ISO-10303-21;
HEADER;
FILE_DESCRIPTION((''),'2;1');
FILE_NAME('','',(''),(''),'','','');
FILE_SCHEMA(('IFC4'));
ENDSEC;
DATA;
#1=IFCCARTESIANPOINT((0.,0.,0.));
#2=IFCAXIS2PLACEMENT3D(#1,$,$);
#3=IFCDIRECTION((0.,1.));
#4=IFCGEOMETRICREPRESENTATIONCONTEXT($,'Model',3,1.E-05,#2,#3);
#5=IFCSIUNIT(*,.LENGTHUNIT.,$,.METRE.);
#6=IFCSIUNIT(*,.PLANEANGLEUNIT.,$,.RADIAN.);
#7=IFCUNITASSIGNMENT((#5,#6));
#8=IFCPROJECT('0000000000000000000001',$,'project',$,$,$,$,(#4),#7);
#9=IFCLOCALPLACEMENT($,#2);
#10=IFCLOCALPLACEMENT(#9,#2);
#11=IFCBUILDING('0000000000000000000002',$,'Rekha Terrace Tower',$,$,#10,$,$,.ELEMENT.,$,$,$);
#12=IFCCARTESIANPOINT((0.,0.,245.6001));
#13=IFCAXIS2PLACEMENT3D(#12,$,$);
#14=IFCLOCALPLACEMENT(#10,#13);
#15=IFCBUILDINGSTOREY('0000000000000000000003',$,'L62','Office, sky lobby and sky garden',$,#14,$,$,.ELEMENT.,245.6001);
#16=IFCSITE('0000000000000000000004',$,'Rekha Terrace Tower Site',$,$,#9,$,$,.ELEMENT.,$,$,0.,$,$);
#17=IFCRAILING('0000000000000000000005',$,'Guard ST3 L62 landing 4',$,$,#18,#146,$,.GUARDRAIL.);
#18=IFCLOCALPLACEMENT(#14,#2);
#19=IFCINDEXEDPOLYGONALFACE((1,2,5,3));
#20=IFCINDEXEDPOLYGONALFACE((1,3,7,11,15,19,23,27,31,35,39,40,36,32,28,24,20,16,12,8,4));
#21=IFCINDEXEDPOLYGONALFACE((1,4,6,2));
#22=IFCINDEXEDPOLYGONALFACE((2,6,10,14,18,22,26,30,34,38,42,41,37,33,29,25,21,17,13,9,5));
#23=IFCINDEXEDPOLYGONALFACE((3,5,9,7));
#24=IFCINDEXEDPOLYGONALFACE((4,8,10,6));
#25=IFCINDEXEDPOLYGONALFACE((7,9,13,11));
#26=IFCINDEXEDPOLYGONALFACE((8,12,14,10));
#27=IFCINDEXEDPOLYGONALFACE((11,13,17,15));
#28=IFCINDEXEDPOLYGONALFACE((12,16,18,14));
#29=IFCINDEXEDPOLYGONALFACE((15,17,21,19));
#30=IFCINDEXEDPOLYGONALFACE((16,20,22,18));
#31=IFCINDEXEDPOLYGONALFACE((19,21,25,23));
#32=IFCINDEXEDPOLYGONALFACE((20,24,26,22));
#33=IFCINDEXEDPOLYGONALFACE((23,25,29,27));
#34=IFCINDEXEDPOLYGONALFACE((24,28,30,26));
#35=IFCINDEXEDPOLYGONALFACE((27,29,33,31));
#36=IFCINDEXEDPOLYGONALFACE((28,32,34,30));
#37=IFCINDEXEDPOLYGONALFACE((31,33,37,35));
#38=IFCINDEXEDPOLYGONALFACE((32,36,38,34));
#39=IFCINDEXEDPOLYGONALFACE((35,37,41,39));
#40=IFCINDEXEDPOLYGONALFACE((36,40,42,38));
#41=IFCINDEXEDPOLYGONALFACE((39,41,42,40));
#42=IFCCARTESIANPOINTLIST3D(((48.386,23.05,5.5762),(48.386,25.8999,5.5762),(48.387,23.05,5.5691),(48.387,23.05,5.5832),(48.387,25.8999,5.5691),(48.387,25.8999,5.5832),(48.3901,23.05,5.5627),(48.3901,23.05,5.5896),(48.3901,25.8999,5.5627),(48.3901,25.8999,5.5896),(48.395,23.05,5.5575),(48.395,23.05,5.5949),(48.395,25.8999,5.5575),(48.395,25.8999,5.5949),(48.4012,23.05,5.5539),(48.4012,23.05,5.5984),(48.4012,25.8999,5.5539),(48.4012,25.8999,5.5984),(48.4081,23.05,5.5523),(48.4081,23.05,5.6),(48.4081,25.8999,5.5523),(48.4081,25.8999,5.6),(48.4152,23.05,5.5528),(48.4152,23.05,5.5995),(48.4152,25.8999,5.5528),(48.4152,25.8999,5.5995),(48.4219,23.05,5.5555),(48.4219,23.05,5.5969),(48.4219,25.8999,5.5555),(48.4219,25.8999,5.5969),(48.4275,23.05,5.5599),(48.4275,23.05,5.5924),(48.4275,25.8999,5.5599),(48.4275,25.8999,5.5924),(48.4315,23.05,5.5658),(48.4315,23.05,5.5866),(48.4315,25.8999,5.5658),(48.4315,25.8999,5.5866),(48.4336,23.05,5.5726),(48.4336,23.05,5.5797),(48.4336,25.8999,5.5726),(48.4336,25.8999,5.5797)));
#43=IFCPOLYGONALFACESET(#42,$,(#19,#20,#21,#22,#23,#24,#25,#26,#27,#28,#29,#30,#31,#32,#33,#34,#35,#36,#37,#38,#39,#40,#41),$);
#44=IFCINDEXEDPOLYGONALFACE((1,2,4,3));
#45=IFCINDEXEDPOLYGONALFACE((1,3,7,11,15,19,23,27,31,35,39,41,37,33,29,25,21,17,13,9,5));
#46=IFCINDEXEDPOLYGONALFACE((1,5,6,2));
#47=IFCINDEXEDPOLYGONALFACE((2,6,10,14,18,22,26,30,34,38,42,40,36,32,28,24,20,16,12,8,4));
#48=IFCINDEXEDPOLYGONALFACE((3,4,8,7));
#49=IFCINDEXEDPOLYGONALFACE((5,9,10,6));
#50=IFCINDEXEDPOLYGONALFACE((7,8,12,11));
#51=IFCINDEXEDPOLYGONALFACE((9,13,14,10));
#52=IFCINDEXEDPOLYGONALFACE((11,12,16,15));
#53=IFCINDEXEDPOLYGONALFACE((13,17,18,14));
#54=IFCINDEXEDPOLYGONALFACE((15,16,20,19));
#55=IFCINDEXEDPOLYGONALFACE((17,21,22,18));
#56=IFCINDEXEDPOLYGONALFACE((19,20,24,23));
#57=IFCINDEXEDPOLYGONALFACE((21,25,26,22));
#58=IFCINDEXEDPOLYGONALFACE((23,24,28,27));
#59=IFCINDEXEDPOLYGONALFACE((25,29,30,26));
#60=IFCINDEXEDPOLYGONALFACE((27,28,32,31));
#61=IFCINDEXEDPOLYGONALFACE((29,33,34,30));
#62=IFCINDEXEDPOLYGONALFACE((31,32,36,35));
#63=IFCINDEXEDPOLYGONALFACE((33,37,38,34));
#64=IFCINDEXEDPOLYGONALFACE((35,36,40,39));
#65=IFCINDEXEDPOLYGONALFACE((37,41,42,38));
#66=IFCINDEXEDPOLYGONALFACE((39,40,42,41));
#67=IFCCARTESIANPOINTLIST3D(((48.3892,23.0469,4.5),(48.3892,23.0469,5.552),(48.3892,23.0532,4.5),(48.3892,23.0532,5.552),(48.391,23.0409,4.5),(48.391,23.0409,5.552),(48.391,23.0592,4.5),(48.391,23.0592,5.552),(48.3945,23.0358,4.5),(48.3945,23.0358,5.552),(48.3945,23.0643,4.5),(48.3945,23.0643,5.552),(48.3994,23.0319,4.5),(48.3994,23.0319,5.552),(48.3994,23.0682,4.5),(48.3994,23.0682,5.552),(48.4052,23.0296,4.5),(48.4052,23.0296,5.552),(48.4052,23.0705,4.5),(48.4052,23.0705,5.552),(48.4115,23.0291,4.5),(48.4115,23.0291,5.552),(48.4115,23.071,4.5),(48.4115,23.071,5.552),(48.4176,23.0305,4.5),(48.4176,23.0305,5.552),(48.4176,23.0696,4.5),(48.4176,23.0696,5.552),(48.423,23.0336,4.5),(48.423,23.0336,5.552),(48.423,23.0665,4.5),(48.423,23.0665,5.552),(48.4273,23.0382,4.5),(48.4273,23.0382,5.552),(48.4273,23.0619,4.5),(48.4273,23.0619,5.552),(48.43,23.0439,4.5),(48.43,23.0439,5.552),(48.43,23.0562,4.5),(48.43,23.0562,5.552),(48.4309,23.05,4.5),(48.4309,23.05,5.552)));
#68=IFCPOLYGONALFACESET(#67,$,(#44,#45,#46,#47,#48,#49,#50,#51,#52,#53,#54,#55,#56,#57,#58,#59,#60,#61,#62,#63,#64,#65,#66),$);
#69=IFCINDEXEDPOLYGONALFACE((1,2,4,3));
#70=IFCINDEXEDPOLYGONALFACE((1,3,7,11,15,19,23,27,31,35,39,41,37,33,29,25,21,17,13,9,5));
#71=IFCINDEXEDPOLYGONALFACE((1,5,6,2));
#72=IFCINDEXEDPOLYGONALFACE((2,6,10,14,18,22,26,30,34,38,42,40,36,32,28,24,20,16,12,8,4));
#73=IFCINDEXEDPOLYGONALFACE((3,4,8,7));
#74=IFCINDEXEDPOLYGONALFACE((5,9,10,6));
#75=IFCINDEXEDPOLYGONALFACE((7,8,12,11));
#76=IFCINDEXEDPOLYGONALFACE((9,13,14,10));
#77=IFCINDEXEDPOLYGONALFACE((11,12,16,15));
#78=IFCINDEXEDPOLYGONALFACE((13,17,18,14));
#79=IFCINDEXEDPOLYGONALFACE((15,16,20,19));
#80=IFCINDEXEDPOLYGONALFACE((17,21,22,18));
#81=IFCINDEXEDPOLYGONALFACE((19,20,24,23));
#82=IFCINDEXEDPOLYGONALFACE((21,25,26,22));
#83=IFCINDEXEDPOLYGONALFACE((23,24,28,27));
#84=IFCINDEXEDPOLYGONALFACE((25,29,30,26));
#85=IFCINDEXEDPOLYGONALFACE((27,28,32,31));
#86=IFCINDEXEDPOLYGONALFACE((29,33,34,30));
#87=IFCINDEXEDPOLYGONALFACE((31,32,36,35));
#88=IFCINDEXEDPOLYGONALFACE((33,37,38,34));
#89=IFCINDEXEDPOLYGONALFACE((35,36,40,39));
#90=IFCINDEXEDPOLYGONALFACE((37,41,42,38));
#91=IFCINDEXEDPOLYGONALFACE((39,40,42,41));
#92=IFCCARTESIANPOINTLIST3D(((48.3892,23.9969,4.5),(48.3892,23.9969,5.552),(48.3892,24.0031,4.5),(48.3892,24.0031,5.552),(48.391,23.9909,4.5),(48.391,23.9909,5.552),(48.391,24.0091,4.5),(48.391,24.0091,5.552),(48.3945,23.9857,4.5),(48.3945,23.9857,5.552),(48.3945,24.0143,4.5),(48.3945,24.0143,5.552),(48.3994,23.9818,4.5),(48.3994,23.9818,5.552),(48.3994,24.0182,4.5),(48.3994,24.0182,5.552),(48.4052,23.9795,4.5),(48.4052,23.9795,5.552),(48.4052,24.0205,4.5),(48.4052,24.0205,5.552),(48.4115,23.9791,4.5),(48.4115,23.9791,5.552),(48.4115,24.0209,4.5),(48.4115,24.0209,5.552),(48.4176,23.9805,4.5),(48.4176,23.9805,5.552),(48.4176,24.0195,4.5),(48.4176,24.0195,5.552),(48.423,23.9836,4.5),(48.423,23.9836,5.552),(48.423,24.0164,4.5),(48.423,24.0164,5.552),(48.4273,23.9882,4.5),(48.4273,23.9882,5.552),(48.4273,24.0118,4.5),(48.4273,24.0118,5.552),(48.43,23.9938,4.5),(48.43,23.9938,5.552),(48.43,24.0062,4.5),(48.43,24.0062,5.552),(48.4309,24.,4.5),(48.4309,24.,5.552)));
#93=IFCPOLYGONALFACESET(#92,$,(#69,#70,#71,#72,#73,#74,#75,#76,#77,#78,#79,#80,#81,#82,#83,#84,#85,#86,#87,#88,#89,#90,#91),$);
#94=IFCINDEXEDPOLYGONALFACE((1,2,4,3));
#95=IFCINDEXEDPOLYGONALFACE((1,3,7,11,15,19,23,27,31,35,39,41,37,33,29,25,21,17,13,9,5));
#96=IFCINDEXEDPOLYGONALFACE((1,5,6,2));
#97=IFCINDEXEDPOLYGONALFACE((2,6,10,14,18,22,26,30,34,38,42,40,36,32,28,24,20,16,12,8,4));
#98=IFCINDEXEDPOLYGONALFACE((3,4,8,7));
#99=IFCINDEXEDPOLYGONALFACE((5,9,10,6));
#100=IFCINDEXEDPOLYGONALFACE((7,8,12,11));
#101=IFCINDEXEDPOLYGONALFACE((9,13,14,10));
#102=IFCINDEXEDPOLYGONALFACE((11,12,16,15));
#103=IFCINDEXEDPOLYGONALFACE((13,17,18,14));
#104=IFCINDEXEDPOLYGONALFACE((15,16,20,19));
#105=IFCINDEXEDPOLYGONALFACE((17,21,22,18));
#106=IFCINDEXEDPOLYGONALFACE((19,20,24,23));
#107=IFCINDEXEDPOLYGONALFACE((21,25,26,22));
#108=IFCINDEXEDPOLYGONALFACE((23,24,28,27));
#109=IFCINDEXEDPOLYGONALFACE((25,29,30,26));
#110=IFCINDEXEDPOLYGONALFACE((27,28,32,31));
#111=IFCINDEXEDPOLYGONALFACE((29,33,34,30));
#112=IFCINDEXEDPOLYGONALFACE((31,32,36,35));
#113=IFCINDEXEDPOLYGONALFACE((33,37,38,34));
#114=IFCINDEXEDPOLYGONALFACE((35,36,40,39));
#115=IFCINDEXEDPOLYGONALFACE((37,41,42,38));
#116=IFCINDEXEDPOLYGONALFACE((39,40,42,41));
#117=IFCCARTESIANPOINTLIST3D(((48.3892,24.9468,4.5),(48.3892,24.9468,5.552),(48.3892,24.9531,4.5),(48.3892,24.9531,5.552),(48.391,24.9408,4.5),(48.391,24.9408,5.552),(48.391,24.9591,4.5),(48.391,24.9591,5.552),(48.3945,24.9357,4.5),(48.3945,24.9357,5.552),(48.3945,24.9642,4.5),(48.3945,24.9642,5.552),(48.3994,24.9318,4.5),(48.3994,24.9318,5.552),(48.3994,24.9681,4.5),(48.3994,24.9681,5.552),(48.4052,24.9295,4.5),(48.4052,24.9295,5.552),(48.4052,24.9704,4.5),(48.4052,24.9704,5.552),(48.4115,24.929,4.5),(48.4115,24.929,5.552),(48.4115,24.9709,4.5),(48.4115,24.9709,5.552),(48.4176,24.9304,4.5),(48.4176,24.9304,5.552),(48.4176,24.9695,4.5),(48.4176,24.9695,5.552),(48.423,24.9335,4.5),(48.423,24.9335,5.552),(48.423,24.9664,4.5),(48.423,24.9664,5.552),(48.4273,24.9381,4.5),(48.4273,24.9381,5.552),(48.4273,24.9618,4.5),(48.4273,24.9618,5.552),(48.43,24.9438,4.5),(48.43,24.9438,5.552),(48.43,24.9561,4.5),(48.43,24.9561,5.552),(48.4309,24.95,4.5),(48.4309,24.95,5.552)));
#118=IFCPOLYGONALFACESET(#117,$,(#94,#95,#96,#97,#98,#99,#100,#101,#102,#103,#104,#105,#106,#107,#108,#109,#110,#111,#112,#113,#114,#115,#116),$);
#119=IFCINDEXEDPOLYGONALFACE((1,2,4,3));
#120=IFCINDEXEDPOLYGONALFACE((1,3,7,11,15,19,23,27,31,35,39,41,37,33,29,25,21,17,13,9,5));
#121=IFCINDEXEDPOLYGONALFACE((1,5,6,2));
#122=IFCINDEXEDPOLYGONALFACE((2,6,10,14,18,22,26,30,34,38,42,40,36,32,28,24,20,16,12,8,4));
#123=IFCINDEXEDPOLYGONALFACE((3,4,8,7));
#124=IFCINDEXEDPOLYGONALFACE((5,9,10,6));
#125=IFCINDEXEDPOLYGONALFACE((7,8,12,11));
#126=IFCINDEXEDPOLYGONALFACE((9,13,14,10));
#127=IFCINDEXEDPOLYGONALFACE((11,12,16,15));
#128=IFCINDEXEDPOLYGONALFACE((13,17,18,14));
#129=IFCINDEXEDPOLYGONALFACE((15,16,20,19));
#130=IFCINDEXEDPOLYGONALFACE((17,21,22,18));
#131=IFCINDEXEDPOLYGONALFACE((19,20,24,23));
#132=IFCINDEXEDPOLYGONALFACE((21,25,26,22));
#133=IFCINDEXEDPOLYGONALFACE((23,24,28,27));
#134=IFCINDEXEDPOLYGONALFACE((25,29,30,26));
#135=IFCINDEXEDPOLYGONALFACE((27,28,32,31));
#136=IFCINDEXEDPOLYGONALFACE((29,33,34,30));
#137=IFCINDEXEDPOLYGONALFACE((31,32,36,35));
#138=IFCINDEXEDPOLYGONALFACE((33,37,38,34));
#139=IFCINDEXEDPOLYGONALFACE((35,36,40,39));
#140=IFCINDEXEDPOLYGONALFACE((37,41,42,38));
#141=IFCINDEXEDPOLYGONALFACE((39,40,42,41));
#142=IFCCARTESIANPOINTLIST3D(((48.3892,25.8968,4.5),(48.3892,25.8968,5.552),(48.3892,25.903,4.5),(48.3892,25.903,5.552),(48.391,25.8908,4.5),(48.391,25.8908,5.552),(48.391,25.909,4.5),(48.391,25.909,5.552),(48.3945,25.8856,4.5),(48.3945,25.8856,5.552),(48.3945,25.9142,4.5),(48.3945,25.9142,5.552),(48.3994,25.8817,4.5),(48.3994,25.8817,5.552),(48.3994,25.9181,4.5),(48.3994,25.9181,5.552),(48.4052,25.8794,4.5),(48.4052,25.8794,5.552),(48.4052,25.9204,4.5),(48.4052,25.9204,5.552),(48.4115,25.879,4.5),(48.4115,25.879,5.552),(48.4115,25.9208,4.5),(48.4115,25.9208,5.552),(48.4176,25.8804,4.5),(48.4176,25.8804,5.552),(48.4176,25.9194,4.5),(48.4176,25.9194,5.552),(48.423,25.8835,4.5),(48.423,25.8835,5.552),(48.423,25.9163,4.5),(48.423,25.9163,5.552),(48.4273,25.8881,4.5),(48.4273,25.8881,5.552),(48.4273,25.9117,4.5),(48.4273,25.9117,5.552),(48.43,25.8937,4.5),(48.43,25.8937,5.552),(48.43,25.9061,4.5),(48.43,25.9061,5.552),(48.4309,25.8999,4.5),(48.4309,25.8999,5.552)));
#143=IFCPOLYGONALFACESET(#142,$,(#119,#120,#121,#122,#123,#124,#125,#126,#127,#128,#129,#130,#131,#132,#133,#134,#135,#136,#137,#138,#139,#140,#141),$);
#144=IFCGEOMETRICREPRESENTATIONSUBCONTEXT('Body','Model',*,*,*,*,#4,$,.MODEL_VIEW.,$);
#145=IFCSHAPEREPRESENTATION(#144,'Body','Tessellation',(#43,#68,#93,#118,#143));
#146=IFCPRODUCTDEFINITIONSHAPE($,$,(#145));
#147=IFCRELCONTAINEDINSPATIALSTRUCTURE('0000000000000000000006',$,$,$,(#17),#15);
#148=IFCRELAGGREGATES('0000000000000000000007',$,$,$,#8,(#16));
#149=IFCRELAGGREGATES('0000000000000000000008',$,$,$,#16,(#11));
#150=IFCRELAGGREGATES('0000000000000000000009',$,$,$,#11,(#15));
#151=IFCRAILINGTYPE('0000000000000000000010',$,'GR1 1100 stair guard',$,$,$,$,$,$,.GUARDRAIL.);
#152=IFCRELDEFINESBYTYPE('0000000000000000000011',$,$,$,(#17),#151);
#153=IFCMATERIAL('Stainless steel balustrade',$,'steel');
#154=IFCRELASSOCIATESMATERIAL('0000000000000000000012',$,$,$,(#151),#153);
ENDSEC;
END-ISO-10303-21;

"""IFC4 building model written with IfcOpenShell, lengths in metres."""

from ifc_helpers import new_model, si_unit, direction, frame, origin, origin_2d, place, context, subcontext, project, spatial, circle, extrude, material, type_object, element, save


model = new_model("IFC4")

# Units and contexts
model_context = context("Model", 3, precision=1e-05, world=origin(), true_north=direction((0.0, 1.0)))
body_context = subcontext(model_context, "Body", "Model", "MODEL_VIEW")
ifc_project = project(units=[si_unit("LENGTHUNIT", "METRE"), si_unit("PLANEANGLEUNIT", "RADIAN")], contexts=[model_context])

# Site, building, storey
site_placement = place(None, origin())
site = spatial("IfcSite", under=ifc_project, at=site_placement, Name="Rekha Terrace Tower Site", CompositionType="ELEMENT", RefElevation=0.0)
building_placement = place(site_placement, origin())
building = spatial("IfcBuilding", under=site, at=building_placement, Name="Rekha Terrace Tower", CompositionType="ELEMENT")
storey_placement = place(building_placement, frame((0.0, 0.0, 245.6001)))
storey = spatial("IfcBuildingStorey", under=building, at=storey_placement, Name="L62", Description="Office, sky lobby and sky garden", CompositionType="ELEMENT", Elevation=245.6001)

# Railing
ifc_material_1 = material(Name="Stainless steel balustrade", Category="steel")
railing_type_1 = type_object("IfcRailingType", Name="GR1 1100 stair guard", PredefinedType="GUARDRAIL", material=ifc_material_1)
railing_1_placement = place(storey_placement, frame((48.4099, 23.05, 4.5)))
element("IfcRailing", 1, at=railing_1_placement, inside=storey, type_object=railing_type_1, Name="Guard ST3 L62 landing 4", PredefinedType="GUARDRAIL", context=body_context, shape_type="SweptSolid", body=[
    extrude(circle(Radius=0.0239, at=origin_2d()), frame((0.0, 0.0, 1.0762), z_axis=(0.0, 1.0, 0.0), x_axis=(-1.0, 0.0, 0.0)), (0.0, 0.0, 1.0), 2.8499),
    extrude(circle(Radius=0.021, at=origin_2d()), origin(), (0.0, 0.0, 1.0), 1.052),
    extrude(circle(Radius=0.021, at=origin_2d()), frame((0.0, 0.95, 0.0)), (0.0, 0.0, 1.0), 1.052),
    extrude(circle(Radius=0.021, at=origin_2d()), frame((0.0, 1.8999, 0.0)), (0.0, 0.0, 1.0), 1.052),
    extrude(circle(Radius=0.021, at=origin_2d()), frame((0.0, 2.8499, 0.0)), (0.0, 0.0, 1.0), 1.052),
])

save(model, "model.ifc")
